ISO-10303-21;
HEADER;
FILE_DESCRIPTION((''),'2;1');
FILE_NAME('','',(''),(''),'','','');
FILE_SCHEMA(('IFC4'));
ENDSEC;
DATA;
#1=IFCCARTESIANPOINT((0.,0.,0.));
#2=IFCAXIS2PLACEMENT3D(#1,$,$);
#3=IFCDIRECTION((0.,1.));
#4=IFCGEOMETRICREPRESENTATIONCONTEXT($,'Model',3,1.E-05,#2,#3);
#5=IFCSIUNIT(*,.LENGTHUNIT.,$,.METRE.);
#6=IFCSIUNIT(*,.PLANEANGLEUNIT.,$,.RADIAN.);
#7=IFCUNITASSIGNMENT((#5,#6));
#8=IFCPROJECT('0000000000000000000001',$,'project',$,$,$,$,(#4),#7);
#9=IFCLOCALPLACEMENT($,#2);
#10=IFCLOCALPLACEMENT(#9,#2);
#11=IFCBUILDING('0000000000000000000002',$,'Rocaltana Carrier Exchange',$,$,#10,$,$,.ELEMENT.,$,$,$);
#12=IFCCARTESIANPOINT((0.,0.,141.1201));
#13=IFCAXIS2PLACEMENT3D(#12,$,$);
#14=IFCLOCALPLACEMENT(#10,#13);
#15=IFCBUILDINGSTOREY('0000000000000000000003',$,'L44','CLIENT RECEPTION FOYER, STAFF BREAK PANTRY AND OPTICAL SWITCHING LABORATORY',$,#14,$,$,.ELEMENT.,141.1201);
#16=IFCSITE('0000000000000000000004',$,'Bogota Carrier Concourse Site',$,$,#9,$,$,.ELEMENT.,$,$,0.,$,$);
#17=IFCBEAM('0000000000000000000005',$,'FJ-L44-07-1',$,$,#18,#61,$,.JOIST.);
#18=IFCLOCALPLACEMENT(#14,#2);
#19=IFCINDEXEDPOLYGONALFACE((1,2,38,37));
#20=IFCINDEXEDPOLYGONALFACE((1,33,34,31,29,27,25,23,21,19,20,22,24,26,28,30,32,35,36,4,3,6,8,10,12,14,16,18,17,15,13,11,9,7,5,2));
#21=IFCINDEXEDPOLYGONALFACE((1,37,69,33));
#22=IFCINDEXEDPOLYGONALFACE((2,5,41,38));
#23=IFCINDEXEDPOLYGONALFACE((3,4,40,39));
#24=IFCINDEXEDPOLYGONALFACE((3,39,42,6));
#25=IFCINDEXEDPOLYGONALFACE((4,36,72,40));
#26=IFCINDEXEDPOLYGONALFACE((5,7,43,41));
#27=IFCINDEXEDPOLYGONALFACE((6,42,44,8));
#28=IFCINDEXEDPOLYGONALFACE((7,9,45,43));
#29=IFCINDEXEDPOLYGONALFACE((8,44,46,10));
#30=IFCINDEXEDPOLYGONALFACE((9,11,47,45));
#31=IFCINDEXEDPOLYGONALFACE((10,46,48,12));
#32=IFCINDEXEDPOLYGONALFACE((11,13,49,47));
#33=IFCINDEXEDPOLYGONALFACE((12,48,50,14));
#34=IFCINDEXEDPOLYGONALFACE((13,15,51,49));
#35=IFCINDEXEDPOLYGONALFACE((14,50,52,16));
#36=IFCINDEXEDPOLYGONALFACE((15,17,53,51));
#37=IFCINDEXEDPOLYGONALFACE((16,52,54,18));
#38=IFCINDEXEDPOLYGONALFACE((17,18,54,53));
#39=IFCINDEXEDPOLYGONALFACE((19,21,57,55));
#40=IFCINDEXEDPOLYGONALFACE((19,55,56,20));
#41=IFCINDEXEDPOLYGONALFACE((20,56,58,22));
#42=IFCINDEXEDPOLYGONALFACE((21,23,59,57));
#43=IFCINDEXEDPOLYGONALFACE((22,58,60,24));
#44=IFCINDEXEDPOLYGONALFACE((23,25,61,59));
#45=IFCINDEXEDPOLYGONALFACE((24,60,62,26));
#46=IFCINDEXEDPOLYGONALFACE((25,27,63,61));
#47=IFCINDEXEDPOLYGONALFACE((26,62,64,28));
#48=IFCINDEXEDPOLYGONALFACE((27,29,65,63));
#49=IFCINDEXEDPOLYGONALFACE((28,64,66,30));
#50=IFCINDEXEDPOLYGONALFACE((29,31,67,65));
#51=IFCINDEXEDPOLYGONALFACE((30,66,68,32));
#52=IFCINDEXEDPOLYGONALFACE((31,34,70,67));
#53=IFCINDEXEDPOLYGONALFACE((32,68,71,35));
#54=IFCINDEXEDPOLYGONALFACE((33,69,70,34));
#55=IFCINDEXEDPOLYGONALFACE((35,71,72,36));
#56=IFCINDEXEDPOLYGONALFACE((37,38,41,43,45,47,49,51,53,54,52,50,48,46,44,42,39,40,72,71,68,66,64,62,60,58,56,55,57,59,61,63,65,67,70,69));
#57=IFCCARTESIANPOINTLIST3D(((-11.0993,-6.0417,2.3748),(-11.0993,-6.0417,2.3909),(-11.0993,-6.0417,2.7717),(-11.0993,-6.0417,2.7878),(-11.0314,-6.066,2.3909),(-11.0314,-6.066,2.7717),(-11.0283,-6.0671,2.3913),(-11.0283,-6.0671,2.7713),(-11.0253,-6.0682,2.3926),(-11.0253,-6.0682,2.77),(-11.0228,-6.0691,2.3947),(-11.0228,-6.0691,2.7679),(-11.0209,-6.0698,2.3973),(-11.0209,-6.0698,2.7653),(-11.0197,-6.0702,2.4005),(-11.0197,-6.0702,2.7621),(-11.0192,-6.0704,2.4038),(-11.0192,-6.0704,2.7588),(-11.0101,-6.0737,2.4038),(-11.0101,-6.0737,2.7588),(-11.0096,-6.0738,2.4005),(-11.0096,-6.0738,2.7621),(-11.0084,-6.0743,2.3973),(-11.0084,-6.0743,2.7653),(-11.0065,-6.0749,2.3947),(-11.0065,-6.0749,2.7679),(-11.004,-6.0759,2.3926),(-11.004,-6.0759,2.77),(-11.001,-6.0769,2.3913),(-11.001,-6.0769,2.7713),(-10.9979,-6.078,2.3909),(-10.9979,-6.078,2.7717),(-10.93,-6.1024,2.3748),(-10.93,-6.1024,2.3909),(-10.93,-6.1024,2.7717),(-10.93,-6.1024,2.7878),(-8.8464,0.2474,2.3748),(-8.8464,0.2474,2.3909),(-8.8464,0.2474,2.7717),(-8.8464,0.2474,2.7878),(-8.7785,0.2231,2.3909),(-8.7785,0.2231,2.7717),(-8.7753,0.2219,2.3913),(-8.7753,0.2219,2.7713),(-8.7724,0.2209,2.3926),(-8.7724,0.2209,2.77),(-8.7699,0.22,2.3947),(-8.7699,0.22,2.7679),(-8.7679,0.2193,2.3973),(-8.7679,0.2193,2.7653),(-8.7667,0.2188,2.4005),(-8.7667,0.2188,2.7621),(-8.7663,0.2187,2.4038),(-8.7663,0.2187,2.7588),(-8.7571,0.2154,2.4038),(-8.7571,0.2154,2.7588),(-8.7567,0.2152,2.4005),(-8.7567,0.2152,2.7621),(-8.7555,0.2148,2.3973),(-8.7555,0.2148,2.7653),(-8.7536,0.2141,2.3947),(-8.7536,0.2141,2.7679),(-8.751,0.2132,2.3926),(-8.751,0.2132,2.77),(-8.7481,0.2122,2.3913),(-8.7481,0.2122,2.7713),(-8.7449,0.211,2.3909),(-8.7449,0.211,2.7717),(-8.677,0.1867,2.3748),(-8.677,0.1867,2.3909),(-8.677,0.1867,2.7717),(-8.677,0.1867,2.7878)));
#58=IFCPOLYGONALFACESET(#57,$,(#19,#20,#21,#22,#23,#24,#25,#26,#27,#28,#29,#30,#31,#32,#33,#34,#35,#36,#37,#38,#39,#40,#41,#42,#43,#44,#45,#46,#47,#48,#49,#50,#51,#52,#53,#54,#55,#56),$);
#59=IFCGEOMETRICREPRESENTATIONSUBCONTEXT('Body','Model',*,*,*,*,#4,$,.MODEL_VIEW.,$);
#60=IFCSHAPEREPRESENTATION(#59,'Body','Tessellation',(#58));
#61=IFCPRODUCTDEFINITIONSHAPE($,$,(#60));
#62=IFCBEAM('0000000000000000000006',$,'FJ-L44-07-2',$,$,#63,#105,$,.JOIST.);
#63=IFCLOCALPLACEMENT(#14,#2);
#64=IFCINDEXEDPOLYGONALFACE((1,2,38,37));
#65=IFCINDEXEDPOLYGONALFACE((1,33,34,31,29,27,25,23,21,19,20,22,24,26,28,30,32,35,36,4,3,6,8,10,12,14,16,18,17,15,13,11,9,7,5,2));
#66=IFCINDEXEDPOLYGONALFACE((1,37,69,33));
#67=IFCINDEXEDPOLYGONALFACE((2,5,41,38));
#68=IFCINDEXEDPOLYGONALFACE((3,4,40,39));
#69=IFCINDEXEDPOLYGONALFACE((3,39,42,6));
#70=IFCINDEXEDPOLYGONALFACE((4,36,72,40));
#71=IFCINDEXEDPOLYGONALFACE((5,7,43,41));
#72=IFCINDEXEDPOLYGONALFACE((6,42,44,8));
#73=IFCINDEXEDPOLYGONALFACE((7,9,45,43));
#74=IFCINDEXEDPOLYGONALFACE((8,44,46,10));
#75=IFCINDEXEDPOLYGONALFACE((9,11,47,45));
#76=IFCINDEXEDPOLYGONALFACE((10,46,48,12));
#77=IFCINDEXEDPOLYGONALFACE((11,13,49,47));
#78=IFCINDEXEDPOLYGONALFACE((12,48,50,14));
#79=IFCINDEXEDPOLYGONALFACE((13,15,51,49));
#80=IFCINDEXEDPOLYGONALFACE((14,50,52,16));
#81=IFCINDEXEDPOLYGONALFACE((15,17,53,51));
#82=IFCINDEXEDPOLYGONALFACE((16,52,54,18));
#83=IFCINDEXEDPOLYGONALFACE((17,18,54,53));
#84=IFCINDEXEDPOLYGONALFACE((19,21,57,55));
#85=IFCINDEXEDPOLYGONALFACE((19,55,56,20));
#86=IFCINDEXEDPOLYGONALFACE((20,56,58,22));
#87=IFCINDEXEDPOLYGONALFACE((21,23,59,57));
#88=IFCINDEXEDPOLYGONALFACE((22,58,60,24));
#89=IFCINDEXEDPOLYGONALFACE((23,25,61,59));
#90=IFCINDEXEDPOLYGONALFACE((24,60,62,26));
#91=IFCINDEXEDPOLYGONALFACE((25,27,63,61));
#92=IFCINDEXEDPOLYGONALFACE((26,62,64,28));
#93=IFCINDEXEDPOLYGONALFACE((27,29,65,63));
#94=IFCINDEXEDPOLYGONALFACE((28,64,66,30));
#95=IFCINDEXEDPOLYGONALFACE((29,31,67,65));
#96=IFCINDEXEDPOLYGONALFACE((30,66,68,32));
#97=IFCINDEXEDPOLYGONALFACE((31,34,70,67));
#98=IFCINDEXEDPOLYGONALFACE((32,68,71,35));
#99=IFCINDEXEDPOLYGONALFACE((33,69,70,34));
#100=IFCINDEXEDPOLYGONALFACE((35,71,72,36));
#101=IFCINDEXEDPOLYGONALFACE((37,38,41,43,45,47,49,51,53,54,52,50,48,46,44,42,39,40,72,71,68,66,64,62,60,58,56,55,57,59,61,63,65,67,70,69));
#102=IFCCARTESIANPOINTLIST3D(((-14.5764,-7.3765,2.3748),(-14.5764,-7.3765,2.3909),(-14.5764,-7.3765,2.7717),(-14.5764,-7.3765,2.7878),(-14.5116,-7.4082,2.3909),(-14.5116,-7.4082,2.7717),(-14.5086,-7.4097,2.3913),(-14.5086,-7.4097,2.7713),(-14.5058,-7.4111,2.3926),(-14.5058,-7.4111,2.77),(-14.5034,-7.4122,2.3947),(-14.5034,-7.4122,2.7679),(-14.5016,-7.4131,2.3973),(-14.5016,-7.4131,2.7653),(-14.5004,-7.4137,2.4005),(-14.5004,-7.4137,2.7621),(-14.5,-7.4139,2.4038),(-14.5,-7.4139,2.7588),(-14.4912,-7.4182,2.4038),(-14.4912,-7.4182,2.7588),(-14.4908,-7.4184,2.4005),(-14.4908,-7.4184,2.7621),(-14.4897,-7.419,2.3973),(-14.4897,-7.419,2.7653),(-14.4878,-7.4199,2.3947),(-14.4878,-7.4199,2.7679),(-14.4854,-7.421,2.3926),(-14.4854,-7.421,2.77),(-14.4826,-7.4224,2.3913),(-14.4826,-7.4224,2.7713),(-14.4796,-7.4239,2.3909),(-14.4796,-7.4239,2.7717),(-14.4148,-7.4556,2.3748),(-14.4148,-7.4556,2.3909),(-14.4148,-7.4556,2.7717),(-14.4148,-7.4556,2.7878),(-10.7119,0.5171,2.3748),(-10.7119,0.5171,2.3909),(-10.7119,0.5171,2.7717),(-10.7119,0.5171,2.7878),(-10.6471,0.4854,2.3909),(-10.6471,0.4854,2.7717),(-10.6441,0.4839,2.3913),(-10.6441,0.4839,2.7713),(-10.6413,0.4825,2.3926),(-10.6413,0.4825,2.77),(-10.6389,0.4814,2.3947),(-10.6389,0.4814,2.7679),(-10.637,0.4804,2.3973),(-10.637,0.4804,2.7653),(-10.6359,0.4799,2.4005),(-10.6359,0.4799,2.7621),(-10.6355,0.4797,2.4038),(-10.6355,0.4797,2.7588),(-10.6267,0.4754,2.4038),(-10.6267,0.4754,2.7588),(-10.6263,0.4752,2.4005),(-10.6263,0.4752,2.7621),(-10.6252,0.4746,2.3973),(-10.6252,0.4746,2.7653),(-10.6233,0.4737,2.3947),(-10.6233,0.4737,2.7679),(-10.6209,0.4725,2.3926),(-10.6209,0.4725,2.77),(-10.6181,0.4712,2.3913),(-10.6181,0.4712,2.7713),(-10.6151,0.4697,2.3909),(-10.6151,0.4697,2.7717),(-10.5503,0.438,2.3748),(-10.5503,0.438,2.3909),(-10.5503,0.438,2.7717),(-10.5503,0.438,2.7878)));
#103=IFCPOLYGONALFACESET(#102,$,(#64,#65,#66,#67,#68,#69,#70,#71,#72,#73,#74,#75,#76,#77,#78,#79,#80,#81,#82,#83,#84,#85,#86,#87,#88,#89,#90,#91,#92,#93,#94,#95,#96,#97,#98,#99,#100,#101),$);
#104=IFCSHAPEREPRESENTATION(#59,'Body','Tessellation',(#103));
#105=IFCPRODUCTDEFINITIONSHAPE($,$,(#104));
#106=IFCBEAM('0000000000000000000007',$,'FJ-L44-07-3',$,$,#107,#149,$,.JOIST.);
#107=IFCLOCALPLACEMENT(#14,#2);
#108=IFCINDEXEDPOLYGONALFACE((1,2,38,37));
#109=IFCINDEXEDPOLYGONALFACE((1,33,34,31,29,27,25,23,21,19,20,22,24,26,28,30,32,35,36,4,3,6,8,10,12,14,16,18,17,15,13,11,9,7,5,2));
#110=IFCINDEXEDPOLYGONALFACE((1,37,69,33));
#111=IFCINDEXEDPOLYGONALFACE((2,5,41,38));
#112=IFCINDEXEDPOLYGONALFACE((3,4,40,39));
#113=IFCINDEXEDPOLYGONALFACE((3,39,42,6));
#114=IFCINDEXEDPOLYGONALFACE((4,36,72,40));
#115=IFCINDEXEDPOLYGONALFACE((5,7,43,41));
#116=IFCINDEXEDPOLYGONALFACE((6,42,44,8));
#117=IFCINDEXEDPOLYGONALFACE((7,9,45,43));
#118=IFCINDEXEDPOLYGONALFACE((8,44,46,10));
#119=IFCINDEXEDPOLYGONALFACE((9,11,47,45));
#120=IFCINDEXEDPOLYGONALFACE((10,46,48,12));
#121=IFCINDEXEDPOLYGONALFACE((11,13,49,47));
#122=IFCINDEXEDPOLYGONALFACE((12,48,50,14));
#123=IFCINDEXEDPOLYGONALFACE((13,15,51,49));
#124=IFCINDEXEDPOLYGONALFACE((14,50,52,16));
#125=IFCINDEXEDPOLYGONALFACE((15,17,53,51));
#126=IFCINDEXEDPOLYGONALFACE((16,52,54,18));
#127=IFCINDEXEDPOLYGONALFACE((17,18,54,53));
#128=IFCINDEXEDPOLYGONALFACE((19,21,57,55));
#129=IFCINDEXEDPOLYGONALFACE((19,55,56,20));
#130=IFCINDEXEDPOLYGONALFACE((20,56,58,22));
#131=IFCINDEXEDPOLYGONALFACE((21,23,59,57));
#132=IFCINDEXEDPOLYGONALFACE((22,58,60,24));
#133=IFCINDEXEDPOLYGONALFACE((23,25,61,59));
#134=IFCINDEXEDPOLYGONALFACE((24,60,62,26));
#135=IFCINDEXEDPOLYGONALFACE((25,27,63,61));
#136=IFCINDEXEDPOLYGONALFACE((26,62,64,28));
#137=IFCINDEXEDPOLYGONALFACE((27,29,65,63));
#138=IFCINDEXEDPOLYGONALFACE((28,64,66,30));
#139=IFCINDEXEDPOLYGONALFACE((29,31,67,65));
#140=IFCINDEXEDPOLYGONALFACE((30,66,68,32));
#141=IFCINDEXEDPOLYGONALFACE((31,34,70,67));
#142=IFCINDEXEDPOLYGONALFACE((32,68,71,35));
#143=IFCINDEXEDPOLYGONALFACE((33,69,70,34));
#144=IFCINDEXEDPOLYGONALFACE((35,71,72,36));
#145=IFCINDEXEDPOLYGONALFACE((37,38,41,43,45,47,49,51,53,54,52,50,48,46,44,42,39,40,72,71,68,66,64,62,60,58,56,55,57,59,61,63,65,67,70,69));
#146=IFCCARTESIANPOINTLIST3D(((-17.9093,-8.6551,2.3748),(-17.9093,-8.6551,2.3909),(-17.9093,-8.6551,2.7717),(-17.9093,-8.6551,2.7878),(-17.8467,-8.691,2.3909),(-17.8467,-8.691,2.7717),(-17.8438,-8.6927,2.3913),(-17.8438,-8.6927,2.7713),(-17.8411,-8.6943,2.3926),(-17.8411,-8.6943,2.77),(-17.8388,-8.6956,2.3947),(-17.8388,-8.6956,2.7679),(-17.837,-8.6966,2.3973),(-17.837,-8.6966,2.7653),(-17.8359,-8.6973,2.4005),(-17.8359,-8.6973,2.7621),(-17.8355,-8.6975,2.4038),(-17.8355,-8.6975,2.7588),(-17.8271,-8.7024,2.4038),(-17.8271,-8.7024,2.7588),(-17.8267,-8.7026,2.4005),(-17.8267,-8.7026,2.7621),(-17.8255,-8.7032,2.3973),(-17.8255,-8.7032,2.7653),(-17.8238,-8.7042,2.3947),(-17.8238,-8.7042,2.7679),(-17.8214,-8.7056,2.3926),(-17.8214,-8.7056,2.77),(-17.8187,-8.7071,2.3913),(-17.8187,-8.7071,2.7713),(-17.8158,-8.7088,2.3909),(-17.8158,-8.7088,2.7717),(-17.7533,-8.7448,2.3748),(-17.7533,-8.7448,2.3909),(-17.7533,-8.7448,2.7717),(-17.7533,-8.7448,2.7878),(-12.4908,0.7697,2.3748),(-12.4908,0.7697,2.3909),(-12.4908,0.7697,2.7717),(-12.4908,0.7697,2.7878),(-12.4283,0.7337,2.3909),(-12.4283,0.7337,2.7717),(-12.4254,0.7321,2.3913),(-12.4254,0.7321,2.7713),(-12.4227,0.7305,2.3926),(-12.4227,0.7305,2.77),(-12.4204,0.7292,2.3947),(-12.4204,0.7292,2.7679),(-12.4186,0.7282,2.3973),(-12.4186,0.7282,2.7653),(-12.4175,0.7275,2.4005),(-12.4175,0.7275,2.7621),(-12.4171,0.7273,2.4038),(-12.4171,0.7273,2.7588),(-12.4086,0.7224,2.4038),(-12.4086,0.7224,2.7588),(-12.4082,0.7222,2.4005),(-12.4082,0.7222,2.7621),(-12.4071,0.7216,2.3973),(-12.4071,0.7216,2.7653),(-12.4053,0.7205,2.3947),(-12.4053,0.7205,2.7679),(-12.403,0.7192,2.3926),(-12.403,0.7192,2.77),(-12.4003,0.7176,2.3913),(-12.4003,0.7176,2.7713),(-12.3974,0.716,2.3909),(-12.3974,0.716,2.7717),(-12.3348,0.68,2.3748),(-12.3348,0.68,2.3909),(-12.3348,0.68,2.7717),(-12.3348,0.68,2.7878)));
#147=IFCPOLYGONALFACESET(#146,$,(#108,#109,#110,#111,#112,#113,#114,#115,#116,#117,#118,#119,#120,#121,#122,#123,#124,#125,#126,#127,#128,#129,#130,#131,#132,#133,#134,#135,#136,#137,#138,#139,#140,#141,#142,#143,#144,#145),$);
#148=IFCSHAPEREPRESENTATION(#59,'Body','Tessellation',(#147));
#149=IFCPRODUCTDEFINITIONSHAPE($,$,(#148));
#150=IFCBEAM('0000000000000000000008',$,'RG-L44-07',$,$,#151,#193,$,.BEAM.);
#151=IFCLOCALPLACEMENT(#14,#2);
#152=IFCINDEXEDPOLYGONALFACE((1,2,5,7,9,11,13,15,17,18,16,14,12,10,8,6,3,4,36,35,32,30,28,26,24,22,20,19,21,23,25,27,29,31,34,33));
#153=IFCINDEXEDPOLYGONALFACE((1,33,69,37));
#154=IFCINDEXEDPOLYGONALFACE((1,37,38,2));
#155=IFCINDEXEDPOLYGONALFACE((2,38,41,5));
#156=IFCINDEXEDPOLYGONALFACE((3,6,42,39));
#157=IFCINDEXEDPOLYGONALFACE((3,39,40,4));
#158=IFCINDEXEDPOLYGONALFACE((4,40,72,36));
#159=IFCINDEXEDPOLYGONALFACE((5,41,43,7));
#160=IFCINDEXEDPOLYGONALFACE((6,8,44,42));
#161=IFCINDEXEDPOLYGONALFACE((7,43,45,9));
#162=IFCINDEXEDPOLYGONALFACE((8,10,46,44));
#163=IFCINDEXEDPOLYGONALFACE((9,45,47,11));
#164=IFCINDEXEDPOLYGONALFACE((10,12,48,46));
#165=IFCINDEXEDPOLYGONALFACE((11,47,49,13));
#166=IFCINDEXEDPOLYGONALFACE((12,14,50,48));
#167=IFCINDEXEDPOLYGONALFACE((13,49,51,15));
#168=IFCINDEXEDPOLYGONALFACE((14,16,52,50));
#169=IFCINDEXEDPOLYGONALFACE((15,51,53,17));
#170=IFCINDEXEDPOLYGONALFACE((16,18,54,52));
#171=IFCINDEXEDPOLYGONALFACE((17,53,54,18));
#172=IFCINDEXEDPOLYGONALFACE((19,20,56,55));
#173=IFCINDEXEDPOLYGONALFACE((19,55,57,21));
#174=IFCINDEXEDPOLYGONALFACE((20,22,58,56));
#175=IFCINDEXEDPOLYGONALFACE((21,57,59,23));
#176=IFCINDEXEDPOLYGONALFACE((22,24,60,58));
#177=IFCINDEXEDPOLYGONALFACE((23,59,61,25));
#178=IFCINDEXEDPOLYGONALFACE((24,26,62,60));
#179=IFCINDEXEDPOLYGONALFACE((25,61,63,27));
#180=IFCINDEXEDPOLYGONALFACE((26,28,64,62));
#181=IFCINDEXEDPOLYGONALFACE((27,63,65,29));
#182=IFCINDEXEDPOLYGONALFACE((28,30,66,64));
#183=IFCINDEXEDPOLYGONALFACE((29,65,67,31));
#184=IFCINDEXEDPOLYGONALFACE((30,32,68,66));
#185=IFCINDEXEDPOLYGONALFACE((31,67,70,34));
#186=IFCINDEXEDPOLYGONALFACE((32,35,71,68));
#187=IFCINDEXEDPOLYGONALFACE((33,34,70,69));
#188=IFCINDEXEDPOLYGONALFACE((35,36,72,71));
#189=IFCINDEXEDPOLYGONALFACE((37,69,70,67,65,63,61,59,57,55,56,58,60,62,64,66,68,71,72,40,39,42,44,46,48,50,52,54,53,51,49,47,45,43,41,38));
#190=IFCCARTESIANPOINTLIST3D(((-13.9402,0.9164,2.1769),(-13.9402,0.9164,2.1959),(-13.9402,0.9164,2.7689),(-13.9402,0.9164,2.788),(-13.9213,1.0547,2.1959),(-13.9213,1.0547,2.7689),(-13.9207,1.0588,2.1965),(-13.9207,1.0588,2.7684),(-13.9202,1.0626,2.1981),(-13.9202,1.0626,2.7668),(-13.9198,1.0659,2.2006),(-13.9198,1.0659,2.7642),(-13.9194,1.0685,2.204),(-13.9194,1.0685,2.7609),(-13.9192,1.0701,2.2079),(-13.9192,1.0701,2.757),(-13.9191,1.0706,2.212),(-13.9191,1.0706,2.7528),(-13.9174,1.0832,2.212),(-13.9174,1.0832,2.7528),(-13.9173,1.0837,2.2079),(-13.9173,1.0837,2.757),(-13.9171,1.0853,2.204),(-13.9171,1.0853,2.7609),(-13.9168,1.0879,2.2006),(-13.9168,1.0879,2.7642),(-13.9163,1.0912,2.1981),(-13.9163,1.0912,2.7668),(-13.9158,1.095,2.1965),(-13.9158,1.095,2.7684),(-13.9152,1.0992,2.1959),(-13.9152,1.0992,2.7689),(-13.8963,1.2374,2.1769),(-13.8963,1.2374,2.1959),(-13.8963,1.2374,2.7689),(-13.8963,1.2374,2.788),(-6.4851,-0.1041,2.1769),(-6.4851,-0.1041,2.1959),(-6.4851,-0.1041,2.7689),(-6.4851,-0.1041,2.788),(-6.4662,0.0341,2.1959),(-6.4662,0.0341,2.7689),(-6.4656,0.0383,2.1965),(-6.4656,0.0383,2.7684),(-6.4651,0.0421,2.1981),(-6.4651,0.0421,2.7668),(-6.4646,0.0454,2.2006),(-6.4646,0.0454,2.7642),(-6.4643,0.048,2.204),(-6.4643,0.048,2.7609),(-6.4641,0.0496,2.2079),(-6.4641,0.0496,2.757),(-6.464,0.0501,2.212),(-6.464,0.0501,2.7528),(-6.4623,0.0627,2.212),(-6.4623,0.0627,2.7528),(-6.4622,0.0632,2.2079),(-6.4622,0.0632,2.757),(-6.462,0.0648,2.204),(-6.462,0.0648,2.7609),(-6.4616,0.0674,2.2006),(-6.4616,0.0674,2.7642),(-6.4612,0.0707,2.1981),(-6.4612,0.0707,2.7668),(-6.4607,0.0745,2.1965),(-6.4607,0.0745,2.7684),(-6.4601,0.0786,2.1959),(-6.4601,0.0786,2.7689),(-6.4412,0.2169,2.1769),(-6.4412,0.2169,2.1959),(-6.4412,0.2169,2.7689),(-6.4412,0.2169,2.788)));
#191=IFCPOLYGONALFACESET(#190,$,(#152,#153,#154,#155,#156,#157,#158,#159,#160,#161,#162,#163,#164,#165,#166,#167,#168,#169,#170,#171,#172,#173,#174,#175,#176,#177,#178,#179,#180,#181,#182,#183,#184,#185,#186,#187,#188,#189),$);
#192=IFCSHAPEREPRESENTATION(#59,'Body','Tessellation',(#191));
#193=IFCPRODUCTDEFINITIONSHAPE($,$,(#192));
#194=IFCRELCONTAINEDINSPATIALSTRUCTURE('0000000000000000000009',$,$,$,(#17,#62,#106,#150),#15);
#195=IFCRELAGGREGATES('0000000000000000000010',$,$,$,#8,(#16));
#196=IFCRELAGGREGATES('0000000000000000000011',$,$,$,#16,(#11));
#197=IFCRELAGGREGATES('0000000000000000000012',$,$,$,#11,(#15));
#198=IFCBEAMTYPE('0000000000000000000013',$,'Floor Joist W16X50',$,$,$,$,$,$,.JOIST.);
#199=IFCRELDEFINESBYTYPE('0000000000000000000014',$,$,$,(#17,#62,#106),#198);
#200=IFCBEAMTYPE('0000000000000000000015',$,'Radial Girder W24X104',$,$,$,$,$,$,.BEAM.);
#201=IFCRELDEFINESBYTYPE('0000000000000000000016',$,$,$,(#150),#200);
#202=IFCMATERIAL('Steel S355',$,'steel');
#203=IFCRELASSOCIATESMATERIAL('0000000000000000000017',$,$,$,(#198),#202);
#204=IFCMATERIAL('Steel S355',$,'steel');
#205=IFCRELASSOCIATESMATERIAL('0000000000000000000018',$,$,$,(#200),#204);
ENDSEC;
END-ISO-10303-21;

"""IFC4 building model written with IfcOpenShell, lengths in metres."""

from ifc_helpers import new_model, si_unit, direction, frame, origin, origin_2d, place, context, subcontext, project, spatial, i_section, extrude, material, material_profile, profile_set, type_object, element, save


model = new_model("IFC4")

# Units and contexts
model_context = context("Model", 3, precision=1e-05, world=origin(), true_north=direction((0.0, 1.0)))
body_context = subcontext(model_context, "Body", "Model", "MODEL_VIEW")
ifc_project = project(units=[si_unit("LENGTHUNIT", "METRE"), si_unit("PLANEANGLEUNIT", "RADIAN")], contexts=[model_context])

# Site, building, storey
site_placement = place(None, origin())
site = spatial("IfcSite", under=ifc_project, at=site_placement, Name="Bogota Carrier Concourse Site", CompositionType="ELEMENT", RefElevation=0.0)
building_placement = place(site_placement, origin())
building = spatial("IfcBuilding", under=site, at=building_placement, Name="Rocaltana Carrier Exchange", CompositionType="ELEMENT")
storey_placement = place(building_placement, frame((0.0, 0.0, 141.1201)))
storey = spatial("IfcBuildingStorey", under=building, at=storey_placement, Name="L44", Description="CLIENT RECEPTION FOYER, STAFF BREAK PANTRY AND OPTICAL SWITCHING LABORATORY", CompositionType="ELEMENT", Elevation=141.1201)

# Beams
ifc_material_1 = material(Name="Steel S355", Category="steel")
ifc_material_profile_1 = material_profile(ifc_material_1, i_section(OverallWidth=0.1799, OverallDepth=0.4131, WebThickness=0.0098, FlangeThickness=0.0161, FilletRadius=0.0129, at=origin_2d()), Name="W16X50")
ifc_profile_set_1 = profile_set([ifc_material_profile_1], Name="Steel S355")
beam_type_1 = type_object("IfcBeamType", Name="Floor Joist W16X50", PredefinedType="JOIST", material=ifc_profile_set_1)
beam_1_placement = place(storey_placement, frame((-8.7617, 0.217, 2.5813), z_axis=(-0.337244, -0.941417, 0.0), x_axis=(0.941417, -0.337244, 0.0)))
element("IfcBeam", 1, at=beam_1_placement, inside=storey, type_object=beam_type_1, Name="FJ-L44-07-1", PredefinedType="JOIST", context=body_context, shape_type="SweptSolid", body=[
    extrude(i_section(OverallWidth=0.1799, OverallDepth=0.4131, WebThickness=0.0098, FlangeThickness=0.0161, FilletRadius=0.0129, at=origin_2d()), origin(), (0.0, 0.0, 1.0), 6.6804),
])
beam_2_placement = place(storey_placement, frame((-10.6311, 0.4775, 2.5813), z_axis=(-0.439709, -0.89814, 0.0), x_axis=(0.89814, -0.439709, 0.0)))
element("IfcBeam", 2, at=beam_2_placement, inside=storey, type_object=beam_type_1, Name="FJ-L44-07-2", PredefinedType="JOIST", context=body_context, shape_type="SweptSolid", body=[
    extrude(i_section(OverallWidth=0.1799, OverallDepth=0.4131, WebThickness=0.0098, FlangeThickness=0.0161, FilletRadius=0.0129, at=origin_2d()), origin(), (0.0, 0.0, 1.0), 8.7888),
])
beam_3_placement = place(storey_placement, frame((-12.4128, 0.7249, 2.5813), z_axis=(-0.498415, -0.866938, 0.0), x_axis=(0.866938, -0.498415, 0.0)))
element("IfcBeam", 3, at=beam_3_placement, inside=storey, type_object=beam_type_1, Name="FJ-L44-07-3", PredefinedType="JOIST", context=body_context, shape_type="SweptSolid", body=[
    extrude(i_section(OverallWidth=0.1799, OverallDepth=0.4131, WebThickness=0.0098, FlangeThickness=0.0161, FilletRadius=0.0129, at=origin_2d()), origin(), (0.0, 0.0, 1.0), 10.8713),
])
ifc_material_2 = material(Name="Steel S355", Category="steel")
ifc_material_profile_2 = material_profile(ifc_material_2, i_section(OverallWidth=0.324, OverallDepth=0.6111, WebThickness=0.0127, FlangeThickness=0.019, FilletRadius=0.0161, at=origin_2d()), Name="W24X104")
ifc_profile_set_2 = profile_set([ifc_material_profile_2], Name="Steel S355")
beam_type_2 = type_object("IfcBeamType", Name="Radial Girder W24X104", PredefinedType="BEAM", material=ifc_profile_set_2)
beam_4_placement = place(storey_placement, frame((-6.4631, 0.0564, 2.4824), z_axis=(-0.990761, 0.135623, 0.0), x_axis=(-0.135623, -0.990761, 0.0)))
element("IfcBeam", 4, at=beam_4_placement, inside=storey, type_object=beam_type_2, Name="RG-L44-07", PredefinedType="BEAM", context=body_context, shape_type="SweptSolid", body=[
    extrude(i_section(OverallWidth=0.324, OverallDepth=0.6111, WebThickness=0.0127, FlangeThickness=0.019, FilletRadius=0.0161, at=origin_2d()), origin(), (0.0, 0.0, 1.0), 7.5247),
])

save(model, "model.ifc")
